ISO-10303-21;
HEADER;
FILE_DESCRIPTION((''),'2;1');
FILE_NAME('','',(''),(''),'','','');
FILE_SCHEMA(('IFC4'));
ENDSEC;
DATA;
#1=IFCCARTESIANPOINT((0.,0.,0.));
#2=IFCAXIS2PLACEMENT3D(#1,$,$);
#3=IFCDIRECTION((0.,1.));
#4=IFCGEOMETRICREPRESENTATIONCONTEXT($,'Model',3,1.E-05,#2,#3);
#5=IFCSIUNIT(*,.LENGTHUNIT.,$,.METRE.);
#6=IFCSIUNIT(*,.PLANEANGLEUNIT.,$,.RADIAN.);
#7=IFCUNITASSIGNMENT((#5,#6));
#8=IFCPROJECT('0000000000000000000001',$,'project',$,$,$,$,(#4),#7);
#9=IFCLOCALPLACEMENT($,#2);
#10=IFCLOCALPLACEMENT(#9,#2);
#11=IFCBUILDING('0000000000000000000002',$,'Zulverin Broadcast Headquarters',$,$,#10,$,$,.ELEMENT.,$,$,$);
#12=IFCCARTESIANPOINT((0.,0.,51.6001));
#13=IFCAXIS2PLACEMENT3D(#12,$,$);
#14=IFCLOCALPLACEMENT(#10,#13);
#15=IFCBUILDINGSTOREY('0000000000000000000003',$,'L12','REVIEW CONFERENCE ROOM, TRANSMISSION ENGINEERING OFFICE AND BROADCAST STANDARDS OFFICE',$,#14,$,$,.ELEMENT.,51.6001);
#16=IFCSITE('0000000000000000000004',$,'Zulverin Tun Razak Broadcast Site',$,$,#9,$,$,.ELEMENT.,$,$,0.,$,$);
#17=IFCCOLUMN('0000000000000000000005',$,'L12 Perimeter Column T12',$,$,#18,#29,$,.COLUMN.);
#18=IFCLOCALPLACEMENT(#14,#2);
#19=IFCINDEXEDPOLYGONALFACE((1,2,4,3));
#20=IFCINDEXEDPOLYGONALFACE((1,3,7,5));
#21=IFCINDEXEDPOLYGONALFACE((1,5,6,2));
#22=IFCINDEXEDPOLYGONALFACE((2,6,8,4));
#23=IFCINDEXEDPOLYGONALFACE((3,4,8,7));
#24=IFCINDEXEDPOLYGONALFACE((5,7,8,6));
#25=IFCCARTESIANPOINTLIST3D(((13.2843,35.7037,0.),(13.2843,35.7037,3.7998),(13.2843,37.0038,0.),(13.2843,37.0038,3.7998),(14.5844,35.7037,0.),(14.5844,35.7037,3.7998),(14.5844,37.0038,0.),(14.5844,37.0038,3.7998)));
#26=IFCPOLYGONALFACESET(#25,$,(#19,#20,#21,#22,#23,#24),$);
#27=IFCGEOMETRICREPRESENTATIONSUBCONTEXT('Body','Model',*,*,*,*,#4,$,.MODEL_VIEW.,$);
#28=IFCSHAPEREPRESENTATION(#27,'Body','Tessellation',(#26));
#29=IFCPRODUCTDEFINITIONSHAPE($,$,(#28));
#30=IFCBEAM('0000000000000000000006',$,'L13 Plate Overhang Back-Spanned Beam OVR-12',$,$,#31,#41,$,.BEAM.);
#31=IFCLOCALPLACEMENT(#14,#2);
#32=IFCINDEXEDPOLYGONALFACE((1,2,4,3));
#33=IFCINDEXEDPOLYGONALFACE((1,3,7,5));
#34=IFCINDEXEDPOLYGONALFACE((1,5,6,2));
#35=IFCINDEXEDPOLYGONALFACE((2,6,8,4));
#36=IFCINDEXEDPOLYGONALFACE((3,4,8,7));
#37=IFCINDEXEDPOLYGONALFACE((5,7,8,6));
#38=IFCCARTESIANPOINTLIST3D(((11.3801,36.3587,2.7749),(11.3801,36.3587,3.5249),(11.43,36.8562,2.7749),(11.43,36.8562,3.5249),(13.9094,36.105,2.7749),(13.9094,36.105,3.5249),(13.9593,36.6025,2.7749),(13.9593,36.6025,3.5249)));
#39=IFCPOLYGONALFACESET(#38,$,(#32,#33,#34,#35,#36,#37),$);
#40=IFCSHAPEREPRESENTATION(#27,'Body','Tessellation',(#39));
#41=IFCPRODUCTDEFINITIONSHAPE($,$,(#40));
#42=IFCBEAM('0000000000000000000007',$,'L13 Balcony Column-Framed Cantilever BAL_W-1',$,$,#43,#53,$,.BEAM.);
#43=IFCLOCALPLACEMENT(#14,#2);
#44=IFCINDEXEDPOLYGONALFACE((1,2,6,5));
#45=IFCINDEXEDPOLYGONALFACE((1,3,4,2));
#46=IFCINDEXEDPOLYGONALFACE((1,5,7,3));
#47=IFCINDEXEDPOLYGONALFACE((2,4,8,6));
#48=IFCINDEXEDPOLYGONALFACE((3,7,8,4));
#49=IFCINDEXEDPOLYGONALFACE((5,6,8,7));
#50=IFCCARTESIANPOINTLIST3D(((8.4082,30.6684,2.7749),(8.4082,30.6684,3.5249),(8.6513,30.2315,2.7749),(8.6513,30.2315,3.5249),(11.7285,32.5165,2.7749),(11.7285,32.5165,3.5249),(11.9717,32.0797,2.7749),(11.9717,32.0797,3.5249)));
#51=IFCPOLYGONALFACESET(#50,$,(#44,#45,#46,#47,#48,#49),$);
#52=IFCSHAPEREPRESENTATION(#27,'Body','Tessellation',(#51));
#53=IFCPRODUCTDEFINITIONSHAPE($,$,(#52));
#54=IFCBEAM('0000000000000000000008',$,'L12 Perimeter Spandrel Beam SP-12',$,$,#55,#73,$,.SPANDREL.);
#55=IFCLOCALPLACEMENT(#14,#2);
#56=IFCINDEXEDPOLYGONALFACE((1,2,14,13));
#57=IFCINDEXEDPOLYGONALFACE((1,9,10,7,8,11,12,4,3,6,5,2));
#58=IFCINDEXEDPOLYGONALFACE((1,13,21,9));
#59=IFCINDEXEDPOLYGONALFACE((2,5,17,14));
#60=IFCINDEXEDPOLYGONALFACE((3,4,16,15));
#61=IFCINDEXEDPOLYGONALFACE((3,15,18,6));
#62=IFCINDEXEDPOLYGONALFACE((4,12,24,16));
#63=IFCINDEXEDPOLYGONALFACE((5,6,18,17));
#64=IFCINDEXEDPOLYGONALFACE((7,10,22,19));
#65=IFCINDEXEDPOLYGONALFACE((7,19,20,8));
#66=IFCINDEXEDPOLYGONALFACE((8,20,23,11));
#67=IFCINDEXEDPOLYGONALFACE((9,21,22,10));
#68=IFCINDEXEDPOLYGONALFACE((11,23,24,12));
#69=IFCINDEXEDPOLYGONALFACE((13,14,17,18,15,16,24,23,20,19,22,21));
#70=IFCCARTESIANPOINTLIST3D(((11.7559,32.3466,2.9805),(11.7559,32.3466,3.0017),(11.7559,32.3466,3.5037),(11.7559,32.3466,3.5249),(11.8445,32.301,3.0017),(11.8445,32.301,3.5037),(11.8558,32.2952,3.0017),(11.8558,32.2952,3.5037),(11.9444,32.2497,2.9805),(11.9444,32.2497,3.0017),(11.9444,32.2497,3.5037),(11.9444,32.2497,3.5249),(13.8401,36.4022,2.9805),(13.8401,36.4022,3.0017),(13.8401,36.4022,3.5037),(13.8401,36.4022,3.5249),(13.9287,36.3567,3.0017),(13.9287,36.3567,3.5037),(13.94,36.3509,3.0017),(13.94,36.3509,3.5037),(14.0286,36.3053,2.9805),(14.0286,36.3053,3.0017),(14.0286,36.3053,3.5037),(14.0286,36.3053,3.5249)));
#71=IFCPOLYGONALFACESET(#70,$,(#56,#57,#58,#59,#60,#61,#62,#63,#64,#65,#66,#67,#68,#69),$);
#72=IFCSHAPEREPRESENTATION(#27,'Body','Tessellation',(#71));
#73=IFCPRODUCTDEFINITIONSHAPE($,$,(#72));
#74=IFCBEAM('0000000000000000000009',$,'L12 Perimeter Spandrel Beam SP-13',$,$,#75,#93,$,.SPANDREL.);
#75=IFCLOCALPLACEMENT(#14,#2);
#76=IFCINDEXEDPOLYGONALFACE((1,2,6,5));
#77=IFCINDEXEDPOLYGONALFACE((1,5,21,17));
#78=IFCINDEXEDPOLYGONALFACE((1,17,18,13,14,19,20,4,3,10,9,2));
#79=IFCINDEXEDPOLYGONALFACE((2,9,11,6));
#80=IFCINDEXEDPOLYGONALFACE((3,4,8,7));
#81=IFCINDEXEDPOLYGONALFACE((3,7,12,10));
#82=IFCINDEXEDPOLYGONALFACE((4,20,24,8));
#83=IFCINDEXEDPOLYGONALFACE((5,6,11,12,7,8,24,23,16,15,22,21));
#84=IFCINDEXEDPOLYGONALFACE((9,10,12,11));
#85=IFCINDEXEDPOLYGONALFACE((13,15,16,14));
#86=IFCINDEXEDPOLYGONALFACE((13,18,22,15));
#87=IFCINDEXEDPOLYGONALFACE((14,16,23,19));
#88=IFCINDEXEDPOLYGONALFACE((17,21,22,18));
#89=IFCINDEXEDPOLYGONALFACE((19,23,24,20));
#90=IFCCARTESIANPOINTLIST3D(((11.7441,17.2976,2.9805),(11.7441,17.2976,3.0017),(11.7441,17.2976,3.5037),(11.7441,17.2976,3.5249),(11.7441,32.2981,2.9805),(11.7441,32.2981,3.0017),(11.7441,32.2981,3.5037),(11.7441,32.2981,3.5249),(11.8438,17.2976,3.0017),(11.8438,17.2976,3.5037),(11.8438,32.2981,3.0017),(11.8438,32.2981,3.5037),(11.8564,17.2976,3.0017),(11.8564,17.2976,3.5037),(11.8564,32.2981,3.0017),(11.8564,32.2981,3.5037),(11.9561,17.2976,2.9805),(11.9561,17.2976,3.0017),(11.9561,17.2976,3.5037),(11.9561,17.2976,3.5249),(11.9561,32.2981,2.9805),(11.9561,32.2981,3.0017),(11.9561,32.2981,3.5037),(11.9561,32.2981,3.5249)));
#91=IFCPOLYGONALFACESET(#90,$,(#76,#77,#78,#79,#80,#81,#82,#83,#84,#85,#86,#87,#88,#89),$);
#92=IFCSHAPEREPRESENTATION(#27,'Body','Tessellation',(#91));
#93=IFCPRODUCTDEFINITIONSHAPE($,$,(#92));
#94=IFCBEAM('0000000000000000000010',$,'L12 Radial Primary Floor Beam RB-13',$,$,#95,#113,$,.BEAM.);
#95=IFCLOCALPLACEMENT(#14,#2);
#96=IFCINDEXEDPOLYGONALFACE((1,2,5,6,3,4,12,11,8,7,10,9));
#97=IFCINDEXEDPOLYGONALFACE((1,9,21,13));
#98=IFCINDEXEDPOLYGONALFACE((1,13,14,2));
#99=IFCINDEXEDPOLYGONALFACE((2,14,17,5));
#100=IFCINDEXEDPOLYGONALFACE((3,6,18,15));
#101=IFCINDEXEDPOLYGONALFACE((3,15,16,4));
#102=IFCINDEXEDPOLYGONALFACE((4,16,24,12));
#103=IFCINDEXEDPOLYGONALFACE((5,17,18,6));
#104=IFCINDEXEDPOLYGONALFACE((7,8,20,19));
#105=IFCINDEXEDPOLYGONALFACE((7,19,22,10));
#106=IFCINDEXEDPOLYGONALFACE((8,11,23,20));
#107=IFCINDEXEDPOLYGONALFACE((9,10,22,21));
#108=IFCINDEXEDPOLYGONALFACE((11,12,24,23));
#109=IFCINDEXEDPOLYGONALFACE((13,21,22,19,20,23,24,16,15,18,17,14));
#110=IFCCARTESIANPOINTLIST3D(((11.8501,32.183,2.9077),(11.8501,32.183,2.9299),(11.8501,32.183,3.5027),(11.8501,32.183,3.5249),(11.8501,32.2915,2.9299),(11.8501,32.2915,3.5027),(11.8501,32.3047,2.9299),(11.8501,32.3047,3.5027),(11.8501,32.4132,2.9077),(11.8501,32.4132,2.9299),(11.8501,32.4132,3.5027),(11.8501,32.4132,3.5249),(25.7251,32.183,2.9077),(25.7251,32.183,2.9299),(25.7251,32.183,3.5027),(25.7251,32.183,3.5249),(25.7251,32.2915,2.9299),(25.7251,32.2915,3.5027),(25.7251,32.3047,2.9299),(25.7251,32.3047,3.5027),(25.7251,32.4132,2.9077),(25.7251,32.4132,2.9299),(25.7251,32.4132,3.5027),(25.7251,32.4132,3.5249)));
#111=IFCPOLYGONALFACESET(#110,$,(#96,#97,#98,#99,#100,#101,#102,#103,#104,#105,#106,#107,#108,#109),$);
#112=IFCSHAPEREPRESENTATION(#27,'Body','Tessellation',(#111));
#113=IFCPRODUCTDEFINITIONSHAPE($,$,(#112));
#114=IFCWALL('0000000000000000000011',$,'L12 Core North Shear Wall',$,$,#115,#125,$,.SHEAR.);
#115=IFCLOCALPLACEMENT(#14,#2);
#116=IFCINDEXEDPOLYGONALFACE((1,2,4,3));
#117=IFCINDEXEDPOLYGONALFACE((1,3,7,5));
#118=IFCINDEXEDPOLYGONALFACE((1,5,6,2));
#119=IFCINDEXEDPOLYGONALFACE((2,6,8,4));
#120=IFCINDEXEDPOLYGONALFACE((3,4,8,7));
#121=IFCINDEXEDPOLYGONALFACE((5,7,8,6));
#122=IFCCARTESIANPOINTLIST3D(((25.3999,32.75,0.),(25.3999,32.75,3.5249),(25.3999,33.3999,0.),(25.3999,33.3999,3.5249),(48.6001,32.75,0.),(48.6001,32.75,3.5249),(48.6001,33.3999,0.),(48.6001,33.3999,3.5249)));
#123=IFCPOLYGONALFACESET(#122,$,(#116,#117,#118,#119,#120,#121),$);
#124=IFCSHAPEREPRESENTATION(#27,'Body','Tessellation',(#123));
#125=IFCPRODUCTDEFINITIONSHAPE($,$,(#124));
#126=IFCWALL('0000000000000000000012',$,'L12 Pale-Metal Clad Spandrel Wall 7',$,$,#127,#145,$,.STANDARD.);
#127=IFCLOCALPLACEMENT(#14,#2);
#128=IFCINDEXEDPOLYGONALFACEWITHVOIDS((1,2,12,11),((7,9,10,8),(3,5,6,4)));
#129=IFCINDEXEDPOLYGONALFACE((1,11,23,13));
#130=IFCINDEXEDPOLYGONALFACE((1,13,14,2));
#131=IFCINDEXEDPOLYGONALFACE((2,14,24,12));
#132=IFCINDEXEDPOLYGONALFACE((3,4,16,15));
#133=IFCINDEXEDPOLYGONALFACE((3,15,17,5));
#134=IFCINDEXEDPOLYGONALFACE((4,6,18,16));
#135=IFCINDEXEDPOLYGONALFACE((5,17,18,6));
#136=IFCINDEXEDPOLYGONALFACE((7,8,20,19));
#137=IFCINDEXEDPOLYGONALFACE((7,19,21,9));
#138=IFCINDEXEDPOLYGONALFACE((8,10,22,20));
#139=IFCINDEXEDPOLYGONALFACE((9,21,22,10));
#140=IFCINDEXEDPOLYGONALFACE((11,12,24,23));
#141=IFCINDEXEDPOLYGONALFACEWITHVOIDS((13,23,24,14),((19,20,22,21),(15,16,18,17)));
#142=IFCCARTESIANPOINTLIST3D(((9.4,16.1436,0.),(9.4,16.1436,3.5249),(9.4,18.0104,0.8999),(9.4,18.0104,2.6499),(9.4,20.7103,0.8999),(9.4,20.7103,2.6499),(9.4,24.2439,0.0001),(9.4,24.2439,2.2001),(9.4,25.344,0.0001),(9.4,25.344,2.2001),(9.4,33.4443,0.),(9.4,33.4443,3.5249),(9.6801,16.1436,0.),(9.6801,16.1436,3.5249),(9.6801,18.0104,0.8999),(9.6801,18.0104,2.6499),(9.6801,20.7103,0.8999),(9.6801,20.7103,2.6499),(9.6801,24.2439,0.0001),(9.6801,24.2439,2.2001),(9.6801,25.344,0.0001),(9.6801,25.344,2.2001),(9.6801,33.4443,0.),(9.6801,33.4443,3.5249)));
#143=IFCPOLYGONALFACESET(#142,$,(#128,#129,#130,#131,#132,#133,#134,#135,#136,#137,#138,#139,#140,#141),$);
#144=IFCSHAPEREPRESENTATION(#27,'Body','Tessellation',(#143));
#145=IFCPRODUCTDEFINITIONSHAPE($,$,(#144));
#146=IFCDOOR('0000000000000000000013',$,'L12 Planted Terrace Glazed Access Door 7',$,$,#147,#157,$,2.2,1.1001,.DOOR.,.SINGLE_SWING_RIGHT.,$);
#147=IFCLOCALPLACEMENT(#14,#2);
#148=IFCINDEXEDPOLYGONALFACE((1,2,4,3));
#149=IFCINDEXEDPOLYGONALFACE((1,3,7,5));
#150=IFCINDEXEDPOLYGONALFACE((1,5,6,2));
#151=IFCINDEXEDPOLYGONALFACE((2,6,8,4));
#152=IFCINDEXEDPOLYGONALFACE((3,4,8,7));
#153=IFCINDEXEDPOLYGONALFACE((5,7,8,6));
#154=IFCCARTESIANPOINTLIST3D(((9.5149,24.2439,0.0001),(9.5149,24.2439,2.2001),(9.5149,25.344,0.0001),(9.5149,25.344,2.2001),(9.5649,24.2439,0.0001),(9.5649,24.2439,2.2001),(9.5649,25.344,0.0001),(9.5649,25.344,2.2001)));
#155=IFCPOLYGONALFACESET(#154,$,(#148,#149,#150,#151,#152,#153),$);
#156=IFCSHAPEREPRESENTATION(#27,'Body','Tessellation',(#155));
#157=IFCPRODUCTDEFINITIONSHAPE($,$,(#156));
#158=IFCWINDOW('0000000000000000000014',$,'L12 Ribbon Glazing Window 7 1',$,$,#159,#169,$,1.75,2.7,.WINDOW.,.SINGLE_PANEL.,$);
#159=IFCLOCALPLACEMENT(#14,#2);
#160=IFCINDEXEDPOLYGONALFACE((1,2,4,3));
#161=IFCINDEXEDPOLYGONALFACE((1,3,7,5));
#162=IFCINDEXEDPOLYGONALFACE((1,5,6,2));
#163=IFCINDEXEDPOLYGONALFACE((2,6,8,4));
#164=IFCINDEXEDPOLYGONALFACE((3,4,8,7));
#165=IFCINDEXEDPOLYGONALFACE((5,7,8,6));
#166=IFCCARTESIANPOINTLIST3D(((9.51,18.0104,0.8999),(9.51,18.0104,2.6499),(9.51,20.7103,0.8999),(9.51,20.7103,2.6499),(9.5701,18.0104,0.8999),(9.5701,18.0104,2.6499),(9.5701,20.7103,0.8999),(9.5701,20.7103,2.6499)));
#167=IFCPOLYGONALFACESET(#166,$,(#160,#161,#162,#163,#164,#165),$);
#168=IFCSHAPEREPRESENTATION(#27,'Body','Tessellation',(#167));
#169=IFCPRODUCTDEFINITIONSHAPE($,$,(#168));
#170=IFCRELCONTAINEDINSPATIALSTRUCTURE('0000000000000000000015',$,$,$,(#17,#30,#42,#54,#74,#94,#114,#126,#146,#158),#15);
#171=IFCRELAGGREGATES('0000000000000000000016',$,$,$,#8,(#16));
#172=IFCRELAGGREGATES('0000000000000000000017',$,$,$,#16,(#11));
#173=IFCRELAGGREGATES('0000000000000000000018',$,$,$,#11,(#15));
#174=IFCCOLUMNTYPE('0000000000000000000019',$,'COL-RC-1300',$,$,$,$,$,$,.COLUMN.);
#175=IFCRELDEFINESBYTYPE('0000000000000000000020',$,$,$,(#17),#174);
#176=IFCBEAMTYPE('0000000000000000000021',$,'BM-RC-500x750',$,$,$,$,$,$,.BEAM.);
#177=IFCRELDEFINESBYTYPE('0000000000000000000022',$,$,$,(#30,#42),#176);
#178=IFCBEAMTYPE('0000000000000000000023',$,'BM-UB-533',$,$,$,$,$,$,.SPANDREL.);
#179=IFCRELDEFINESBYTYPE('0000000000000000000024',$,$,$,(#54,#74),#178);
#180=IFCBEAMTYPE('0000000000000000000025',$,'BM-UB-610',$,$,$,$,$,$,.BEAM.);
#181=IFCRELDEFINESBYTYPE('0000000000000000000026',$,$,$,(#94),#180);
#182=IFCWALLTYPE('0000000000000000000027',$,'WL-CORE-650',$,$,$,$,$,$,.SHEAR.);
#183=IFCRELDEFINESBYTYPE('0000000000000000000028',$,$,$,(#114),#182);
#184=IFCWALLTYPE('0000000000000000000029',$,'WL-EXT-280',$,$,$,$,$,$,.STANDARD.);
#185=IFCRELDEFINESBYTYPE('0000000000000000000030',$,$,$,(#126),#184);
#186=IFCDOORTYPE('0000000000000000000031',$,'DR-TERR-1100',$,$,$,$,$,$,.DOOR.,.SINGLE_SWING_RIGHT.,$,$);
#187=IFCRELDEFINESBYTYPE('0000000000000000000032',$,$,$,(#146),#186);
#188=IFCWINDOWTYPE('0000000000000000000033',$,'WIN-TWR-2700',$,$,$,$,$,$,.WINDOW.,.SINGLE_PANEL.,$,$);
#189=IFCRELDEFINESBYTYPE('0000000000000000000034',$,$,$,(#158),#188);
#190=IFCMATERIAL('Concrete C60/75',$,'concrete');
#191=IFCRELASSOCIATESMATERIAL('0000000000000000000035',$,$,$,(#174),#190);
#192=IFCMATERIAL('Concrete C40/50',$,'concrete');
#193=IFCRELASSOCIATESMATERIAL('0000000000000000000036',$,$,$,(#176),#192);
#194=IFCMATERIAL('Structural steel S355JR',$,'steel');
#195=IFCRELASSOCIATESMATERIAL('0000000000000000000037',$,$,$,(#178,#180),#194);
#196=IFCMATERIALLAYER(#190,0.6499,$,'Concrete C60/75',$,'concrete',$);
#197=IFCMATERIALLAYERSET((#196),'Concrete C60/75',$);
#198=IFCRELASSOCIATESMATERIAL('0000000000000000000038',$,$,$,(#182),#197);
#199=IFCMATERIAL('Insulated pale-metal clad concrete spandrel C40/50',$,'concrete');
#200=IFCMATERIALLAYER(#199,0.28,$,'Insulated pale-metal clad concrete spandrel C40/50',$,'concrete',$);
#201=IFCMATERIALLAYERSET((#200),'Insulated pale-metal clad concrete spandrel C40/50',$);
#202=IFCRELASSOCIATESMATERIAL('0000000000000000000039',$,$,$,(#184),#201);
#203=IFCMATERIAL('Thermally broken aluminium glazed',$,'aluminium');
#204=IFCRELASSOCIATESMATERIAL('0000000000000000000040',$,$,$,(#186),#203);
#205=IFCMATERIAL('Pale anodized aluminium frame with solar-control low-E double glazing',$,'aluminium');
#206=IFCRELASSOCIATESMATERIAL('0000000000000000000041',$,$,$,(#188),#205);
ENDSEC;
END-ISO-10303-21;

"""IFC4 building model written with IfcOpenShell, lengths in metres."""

from ifc_helpers import new_model, si_unit, direction, frame, frame_2d, origin, origin_2d, place, context, subcontext, project, spatial, rectangle, i_section, extrude, material, layer, layer_set, material_profile, profile_set, type_object, element, fill, save


model = new_model("IFC4")

# Units and contexts
model_context = context("Model", 3, precision=1e-05, world=origin(), true_north=direction((0.0, 1.0)))
body_context = subcontext(model_context, "Body", "Model", "MODEL_VIEW")
ifc_project = project(units=[si_unit("LENGTHUNIT", "METRE"), si_unit("PLANEANGLEUNIT", "RADIAN")], contexts=[model_context])

# Site, building, storey
site_placement = place(None, origin())
site = spatial("IfcSite", under=ifc_project, at=site_placement, Name="Zulverin Tun Razak Broadcast Site", CompositionType="ELEMENT", RefElevation=0.0)
building_placement = place(site_placement, origin())
building = spatial("IfcBuilding", under=site, at=building_placement, Name="Zulverin Broadcast Headquarters", CompositionType="ELEMENT")
storey_placement = place(building_placement, frame((0.0, 0.0, 51.6001)))
storey = spatial("IfcBuildingStorey", under=building, at=storey_placement, Name="L12", Description="REVIEW CONFERENCE ROOM, TRANSMISSION ENGINEERING OFFICE AND BROADCAST STANDARDS OFFICE", CompositionType="ELEMENT", Elevation=51.6001)

# Column
ifc_material_1 = material(Name="Concrete C60/75", Category="concrete")
ifc_material_profile_1 = material_profile(ifc_material_1, rectangle(XDim=1.3, YDim=1.3, at=origin_2d()), Name="Concrete C60/75", Category="concrete")
ifc_profile_set_1 = profile_set([ifc_material_profile_1], Name="Concrete C60/75")
column_type = type_object("IfcColumnType", Name="COL-RC-1300", PredefinedType="COLUMN", material=ifc_profile_set_1)
column_placement = place(storey_placement, frame((13.9343, 36.3538, 0.0), z_axis=(0.0, 0.0, 1.0), x_axis=(1.0, 0.0, 0.0)))
element("IfcColumn", 1, at=column_placement, inside=storey, type_object=column_type, Name="L12 Perimeter Column T12", PredefinedType="COLUMN", context=body_context, shape_type="SweptSolid", body=[
    extrude(rectangle(XDim=1.3, YDim=1.3, at=origin_2d()), origin(), (0.0, 0.0, 1.0), 3.7998),
])

# Beams
ifc_material_2 = material(Name="Concrete C40/50", Category="concrete")
ifc_material_profile_2 = material_profile(ifc_material_2, rectangle(XDim=0.5, YDim=0.75, at=origin_2d()), Name="Concrete C40/50", Category="concrete")
ifc_profile_set_2 = profile_set([ifc_material_profile_2], Name="Concrete C40/50")
beam_type_1 = type_object("IfcBeamType", Name="BM-RC-500x750", PredefinedType="BEAM", material=ifc_profile_set_2)
beam_1_placement = place(storey_placement, frame((13.9343, 36.3538, 3.1499), z_axis=(-0.995009, 0.099789, 0.0), x_axis=(-0.099789, -0.995009, 0.0)))
element("IfcBeam", 2, at=beam_1_placement, inside=storey, type_object=beam_type_1, Name="L13 Plate Overhang Back-Spanned Beam OVR-12", PredefinedType="BEAM", context=body_context, shape_type="SweptSolid", body=[
    extrude(rectangle(XDim=0.5, YDim=0.75, at=origin_2d()), origin(), (0.0, 0.0, 1.0), 2.542),
])
beam_2_placement = place(storey_placement, frame((11.8501, 32.2981, 3.1499), z_axis=(-0.873763, -0.486352, 0.0), x_axis=(0.486352, -0.873763, 0.0)))
element("IfcBeam", 3, at=beam_2_placement, inside=storey, type_object=beam_type_1, Name="L13 Balcony Column-Framed Cantilever BAL_W-1", PredefinedType="BEAM", context=body_context, shape_type="SweptSolid", body=[
    extrude(rectangle(XDim=0.5, YDim=0.75, at=origin_2d()), origin(), (0.0, 0.0, 1.0), 3.8),
])
ifc_material_3 = material(Name="Structural steel S355JR", Category="steel")
ifc_material_profile_3 = material_profile(ifc_material_3, i_section(OverallWidth=0.2119, OverallDepth=0.5444, WebThickness=0.0127, FlangeThickness=0.0212, at=origin_2d()), Name="Structural steel S355JR", Category="steel")
ifc_profile_set_3 = profile_set([ifc_material_profile_3], Name="Structural steel S355JR")
beam_type_2 = type_object("IfcBeamType", Name="BM-UB-533", PredefinedType="SPANDREL", material=ifc_profile_set_3)
beam_3_placement = place(storey_placement, frame((13.9343, 36.3538, 3.2527), z_axis=(-0.457081, -0.889425, 0.0), x_axis=(0.889425, -0.457081, 0.0)))
element("IfcBeam", 4, at=beam_3_placement, inside=storey, type_object=beam_type_2, Name="L12 Perimeter Spandrel Beam SP-12", PredefinedType="SPANDREL", context=body_context, shape_type="SweptSolid", body=[
    extrude(i_section(OverallWidth=0.2119, OverallDepth=0.5444, WebThickness=0.0127, FlangeThickness=0.0212, at=origin_2d()), origin(), (0.0, 0.0, 1.0), 4.5598),
])
beam_4_placement = place(storey_placement, frame((11.8501, 32.2981, 3.2527), z_axis=(0.0, -1.0, 0.0), x_axis=(1.0, 0.0, 0.0)))
element("IfcBeam", 5, at=beam_4_placement, inside=storey, type_object=beam_type_2, Name="L12 Perimeter Spandrel Beam SP-13", PredefinedType="SPANDREL", context=body_context, shape_type="SweptSolid", body=[
    extrude(i_section(OverallWidth=0.2119, OverallDepth=0.5444, WebThickness=0.0127, FlangeThickness=0.0212, at=origin_2d()), origin(), (0.0, 0.0, 1.0), 15.0005),
])
ifc_material_profile_4 = material_profile(ifc_material_3, i_section(OverallWidth=0.2302, OverallDepth=0.6172, WebThickness=0.0132, FlangeThickness=0.0222, at=origin_2d()), Name="Structural steel S355JR", Category="steel")
ifc_profile_set_4 = profile_set([ifc_material_profile_4], Name="Structural steel S355JR")
beam_type_3 = type_object("IfcBeamType", Name="BM-UB-610", PredefinedType="BEAM", material=ifc_profile_set_4)
beam_5_placement = place(storey_placement, frame((25.7251, 32.2981, 3.2163), z_axis=(-1.0, 0.0, 0.0), x_axis=(0.0, -1.0, 0.0)))
element("IfcBeam", 6, at=beam_5_placement, inside=storey, type_object=beam_type_3, Name="L12 Radial Primary Floor Beam RB-13", PredefinedType="BEAM", context=body_context, shape_type="SweptSolid", body=[
    extrude(i_section(OverallWidth=0.2302, OverallDepth=0.6172, WebThickness=0.0132, FlangeThickness=0.0222, at=origin_2d()), origin(), (0.0, 0.0, 1.0), 13.875),
])

# Wall
ifc_layer_1 = layer(ifc_material_1, 0.6499, Name="Concrete C60/75", Category="concrete")
ifc_layer_set_1 = layer_set([ifc_layer_1], Name="Concrete C60/75")
wall_type_1 = type_object("IfcWallType", Name="WL-CORE-650", PredefinedType="SHEAR", material=ifc_layer_set_1)
wall_1_placement = place(storey_placement, frame((25.3999, 33.075, 0.0), z_axis=(0.0, 0.0, 1.0), x_axis=(1.0, 0.0, 0.0)))
element("IfcWall", 7, at=wall_1_placement, inside=storey, type_object=wall_type_1, Name="L12 Core North Shear Wall", PredefinedType="SHEAR", context=body_context, shape_type="SweptSolid", body=[
    extrude(rectangle(XDim=23.2002, YDim=0.6499, at=frame_2d((11.6001, 0.0))), origin(), (0.0, 0.0, 1.0), 3.5249),
])

# Wall, openings, door, window
ifc_material_4 = material(Name="Insulated pale-metal clad concrete spandrel C40/50", Category="concrete")
ifc_layer_2 = layer(ifc_material_4, 0.28, Name="Insulated pale-metal clad concrete spandrel C40/50", Category="concrete")
ifc_layer_set_2 = layer_set([ifc_layer_2], Name="Insulated pale-metal clad concrete spandrel C40/50")
wall_type_2 = type_object("IfcWallType", Name="WL-EXT-280", PredefinedType="STANDARD", material=ifc_layer_set_2)
wall_2_placement = place(storey_placement, frame((9.54, 33.4443, 0.0), z_axis=(0.0, 0.0, 1.0), x_axis=(0.0, -1.0, 0.0)))
wall_2 = element("IfcWall", 8, at=wall_2_placement, inside=storey, type_object=wall_type_2, Name="L12 Pale-Metal Clad Spandrel Wall 7", PredefinedType="STANDARD", context=body_context, shape_type="SweptSolid", body=[
    extrude(rectangle(XDim=17.3008, YDim=0.28, at=frame_2d((8.6504, 0.0))), origin(), (0.0, 0.0, 1.0), 3.5249),
])
opening_1_placement = place(wall_2_placement, frame((8.1003, 0.0, 0.0)))
opening_1 = element("IfcOpeningElement", 9, at=opening_1_placement, cuts=wall_2, PredefinedType="OPENING", context=body_context, shape_type="SweptSolid", body=[
    extrude(rectangle(XDim=1.1001, YDim=2.2, at=frame_2d((0.55, 1.1001))), frame((0.0, 0.1499, 0.0), z_axis=(0.0, -1.0, 0.0), x_axis=(1.0, 0.0, 0.0)), (0.0, 0.0, 1.0), 0.3),
])
opening_2_placement = place(wall_2_placement, frame((12.7339, 0.0, 0.8999)))
opening_2 = element("IfcOpeningElement", 10, at=opening_2_placement, cuts=wall_2, PredefinedType="OPENING", context=body_context, shape_type="SweptSolid", body=[
    extrude(rectangle(XDim=2.7, YDim=1.75, at=frame_2d((1.3501, 0.875))), frame((0.0, 0.1499, 0.0), z_axis=(0.0, -1.0, 0.0), x_axis=(1.0, 0.0, 0.0)), (0.0, 0.0, 1.0), 0.3),
])
ifc_material_5 = material(Name="Thermally broken aluminium glazed", Category="aluminium")
door_type_1 = type_object("IfcDoorType", Name="DR-TERR-1100", OperationType="SINGLE_SWING_RIGHT", PredefinedType="DOOR", material=ifc_material_5)
door_1_placement = place(opening_1_placement, origin())
door_1 = element("IfcDoor", 11, at=door_1_placement, inside=storey, type_object=door_type_1, Name="L12 Planted Terrace Glazed Access Door 7", OperationType="SINGLE_SWING_RIGHT", OverallHeight=2.2, OverallWidth=1.1001, PredefinedType="DOOR", context=body_context, shape_type="SweptSolid", body=[
    extrude(rectangle(XDim=1.1001, YDim=2.2, at=frame_2d((0.55, 1.1001))), frame((0.0, 0.0249, 0.0), z_axis=(0.0, -1.0, 0.0), x_axis=(1.0, 0.0, 0.0)), (0.0, 0.0, 1.0), 0.05),
])
fill(opening_1, door_1)
ifc_material_6 = material(Name="Pale anodized aluminium frame with solar-control low-E double glazing", Category="aluminium")
window_type = type_object("IfcWindowType", Name="WIN-TWR-2700", PartitioningType="SINGLE_PANEL", PredefinedType="WINDOW", material=ifc_material_6)
window_placement = place(opening_2_placement, origin())
window = element("IfcWindow", 12, at=window_placement, inside=storey, type_object=window_type, Name="L12 Ribbon Glazing Window 7 1", OverallHeight=1.75, OverallWidth=2.7, PartitioningType="SINGLE_PANEL", PredefinedType="WINDOW", context=body_context, shape_type="SweptSolid", body=[
    extrude(rectangle(XDim=2.7, YDim=1.75, at=frame_2d((1.3501, 0.875))), frame((0.0, 0.03, 0.0), z_axis=(0.0, -1.0, 0.0), x_axis=(1.0, 0.0, 0.0)), (0.0, 0.0, 1.0), 0.0601),
])
fill(opening_2, window)

save(model, "model.ifc")
